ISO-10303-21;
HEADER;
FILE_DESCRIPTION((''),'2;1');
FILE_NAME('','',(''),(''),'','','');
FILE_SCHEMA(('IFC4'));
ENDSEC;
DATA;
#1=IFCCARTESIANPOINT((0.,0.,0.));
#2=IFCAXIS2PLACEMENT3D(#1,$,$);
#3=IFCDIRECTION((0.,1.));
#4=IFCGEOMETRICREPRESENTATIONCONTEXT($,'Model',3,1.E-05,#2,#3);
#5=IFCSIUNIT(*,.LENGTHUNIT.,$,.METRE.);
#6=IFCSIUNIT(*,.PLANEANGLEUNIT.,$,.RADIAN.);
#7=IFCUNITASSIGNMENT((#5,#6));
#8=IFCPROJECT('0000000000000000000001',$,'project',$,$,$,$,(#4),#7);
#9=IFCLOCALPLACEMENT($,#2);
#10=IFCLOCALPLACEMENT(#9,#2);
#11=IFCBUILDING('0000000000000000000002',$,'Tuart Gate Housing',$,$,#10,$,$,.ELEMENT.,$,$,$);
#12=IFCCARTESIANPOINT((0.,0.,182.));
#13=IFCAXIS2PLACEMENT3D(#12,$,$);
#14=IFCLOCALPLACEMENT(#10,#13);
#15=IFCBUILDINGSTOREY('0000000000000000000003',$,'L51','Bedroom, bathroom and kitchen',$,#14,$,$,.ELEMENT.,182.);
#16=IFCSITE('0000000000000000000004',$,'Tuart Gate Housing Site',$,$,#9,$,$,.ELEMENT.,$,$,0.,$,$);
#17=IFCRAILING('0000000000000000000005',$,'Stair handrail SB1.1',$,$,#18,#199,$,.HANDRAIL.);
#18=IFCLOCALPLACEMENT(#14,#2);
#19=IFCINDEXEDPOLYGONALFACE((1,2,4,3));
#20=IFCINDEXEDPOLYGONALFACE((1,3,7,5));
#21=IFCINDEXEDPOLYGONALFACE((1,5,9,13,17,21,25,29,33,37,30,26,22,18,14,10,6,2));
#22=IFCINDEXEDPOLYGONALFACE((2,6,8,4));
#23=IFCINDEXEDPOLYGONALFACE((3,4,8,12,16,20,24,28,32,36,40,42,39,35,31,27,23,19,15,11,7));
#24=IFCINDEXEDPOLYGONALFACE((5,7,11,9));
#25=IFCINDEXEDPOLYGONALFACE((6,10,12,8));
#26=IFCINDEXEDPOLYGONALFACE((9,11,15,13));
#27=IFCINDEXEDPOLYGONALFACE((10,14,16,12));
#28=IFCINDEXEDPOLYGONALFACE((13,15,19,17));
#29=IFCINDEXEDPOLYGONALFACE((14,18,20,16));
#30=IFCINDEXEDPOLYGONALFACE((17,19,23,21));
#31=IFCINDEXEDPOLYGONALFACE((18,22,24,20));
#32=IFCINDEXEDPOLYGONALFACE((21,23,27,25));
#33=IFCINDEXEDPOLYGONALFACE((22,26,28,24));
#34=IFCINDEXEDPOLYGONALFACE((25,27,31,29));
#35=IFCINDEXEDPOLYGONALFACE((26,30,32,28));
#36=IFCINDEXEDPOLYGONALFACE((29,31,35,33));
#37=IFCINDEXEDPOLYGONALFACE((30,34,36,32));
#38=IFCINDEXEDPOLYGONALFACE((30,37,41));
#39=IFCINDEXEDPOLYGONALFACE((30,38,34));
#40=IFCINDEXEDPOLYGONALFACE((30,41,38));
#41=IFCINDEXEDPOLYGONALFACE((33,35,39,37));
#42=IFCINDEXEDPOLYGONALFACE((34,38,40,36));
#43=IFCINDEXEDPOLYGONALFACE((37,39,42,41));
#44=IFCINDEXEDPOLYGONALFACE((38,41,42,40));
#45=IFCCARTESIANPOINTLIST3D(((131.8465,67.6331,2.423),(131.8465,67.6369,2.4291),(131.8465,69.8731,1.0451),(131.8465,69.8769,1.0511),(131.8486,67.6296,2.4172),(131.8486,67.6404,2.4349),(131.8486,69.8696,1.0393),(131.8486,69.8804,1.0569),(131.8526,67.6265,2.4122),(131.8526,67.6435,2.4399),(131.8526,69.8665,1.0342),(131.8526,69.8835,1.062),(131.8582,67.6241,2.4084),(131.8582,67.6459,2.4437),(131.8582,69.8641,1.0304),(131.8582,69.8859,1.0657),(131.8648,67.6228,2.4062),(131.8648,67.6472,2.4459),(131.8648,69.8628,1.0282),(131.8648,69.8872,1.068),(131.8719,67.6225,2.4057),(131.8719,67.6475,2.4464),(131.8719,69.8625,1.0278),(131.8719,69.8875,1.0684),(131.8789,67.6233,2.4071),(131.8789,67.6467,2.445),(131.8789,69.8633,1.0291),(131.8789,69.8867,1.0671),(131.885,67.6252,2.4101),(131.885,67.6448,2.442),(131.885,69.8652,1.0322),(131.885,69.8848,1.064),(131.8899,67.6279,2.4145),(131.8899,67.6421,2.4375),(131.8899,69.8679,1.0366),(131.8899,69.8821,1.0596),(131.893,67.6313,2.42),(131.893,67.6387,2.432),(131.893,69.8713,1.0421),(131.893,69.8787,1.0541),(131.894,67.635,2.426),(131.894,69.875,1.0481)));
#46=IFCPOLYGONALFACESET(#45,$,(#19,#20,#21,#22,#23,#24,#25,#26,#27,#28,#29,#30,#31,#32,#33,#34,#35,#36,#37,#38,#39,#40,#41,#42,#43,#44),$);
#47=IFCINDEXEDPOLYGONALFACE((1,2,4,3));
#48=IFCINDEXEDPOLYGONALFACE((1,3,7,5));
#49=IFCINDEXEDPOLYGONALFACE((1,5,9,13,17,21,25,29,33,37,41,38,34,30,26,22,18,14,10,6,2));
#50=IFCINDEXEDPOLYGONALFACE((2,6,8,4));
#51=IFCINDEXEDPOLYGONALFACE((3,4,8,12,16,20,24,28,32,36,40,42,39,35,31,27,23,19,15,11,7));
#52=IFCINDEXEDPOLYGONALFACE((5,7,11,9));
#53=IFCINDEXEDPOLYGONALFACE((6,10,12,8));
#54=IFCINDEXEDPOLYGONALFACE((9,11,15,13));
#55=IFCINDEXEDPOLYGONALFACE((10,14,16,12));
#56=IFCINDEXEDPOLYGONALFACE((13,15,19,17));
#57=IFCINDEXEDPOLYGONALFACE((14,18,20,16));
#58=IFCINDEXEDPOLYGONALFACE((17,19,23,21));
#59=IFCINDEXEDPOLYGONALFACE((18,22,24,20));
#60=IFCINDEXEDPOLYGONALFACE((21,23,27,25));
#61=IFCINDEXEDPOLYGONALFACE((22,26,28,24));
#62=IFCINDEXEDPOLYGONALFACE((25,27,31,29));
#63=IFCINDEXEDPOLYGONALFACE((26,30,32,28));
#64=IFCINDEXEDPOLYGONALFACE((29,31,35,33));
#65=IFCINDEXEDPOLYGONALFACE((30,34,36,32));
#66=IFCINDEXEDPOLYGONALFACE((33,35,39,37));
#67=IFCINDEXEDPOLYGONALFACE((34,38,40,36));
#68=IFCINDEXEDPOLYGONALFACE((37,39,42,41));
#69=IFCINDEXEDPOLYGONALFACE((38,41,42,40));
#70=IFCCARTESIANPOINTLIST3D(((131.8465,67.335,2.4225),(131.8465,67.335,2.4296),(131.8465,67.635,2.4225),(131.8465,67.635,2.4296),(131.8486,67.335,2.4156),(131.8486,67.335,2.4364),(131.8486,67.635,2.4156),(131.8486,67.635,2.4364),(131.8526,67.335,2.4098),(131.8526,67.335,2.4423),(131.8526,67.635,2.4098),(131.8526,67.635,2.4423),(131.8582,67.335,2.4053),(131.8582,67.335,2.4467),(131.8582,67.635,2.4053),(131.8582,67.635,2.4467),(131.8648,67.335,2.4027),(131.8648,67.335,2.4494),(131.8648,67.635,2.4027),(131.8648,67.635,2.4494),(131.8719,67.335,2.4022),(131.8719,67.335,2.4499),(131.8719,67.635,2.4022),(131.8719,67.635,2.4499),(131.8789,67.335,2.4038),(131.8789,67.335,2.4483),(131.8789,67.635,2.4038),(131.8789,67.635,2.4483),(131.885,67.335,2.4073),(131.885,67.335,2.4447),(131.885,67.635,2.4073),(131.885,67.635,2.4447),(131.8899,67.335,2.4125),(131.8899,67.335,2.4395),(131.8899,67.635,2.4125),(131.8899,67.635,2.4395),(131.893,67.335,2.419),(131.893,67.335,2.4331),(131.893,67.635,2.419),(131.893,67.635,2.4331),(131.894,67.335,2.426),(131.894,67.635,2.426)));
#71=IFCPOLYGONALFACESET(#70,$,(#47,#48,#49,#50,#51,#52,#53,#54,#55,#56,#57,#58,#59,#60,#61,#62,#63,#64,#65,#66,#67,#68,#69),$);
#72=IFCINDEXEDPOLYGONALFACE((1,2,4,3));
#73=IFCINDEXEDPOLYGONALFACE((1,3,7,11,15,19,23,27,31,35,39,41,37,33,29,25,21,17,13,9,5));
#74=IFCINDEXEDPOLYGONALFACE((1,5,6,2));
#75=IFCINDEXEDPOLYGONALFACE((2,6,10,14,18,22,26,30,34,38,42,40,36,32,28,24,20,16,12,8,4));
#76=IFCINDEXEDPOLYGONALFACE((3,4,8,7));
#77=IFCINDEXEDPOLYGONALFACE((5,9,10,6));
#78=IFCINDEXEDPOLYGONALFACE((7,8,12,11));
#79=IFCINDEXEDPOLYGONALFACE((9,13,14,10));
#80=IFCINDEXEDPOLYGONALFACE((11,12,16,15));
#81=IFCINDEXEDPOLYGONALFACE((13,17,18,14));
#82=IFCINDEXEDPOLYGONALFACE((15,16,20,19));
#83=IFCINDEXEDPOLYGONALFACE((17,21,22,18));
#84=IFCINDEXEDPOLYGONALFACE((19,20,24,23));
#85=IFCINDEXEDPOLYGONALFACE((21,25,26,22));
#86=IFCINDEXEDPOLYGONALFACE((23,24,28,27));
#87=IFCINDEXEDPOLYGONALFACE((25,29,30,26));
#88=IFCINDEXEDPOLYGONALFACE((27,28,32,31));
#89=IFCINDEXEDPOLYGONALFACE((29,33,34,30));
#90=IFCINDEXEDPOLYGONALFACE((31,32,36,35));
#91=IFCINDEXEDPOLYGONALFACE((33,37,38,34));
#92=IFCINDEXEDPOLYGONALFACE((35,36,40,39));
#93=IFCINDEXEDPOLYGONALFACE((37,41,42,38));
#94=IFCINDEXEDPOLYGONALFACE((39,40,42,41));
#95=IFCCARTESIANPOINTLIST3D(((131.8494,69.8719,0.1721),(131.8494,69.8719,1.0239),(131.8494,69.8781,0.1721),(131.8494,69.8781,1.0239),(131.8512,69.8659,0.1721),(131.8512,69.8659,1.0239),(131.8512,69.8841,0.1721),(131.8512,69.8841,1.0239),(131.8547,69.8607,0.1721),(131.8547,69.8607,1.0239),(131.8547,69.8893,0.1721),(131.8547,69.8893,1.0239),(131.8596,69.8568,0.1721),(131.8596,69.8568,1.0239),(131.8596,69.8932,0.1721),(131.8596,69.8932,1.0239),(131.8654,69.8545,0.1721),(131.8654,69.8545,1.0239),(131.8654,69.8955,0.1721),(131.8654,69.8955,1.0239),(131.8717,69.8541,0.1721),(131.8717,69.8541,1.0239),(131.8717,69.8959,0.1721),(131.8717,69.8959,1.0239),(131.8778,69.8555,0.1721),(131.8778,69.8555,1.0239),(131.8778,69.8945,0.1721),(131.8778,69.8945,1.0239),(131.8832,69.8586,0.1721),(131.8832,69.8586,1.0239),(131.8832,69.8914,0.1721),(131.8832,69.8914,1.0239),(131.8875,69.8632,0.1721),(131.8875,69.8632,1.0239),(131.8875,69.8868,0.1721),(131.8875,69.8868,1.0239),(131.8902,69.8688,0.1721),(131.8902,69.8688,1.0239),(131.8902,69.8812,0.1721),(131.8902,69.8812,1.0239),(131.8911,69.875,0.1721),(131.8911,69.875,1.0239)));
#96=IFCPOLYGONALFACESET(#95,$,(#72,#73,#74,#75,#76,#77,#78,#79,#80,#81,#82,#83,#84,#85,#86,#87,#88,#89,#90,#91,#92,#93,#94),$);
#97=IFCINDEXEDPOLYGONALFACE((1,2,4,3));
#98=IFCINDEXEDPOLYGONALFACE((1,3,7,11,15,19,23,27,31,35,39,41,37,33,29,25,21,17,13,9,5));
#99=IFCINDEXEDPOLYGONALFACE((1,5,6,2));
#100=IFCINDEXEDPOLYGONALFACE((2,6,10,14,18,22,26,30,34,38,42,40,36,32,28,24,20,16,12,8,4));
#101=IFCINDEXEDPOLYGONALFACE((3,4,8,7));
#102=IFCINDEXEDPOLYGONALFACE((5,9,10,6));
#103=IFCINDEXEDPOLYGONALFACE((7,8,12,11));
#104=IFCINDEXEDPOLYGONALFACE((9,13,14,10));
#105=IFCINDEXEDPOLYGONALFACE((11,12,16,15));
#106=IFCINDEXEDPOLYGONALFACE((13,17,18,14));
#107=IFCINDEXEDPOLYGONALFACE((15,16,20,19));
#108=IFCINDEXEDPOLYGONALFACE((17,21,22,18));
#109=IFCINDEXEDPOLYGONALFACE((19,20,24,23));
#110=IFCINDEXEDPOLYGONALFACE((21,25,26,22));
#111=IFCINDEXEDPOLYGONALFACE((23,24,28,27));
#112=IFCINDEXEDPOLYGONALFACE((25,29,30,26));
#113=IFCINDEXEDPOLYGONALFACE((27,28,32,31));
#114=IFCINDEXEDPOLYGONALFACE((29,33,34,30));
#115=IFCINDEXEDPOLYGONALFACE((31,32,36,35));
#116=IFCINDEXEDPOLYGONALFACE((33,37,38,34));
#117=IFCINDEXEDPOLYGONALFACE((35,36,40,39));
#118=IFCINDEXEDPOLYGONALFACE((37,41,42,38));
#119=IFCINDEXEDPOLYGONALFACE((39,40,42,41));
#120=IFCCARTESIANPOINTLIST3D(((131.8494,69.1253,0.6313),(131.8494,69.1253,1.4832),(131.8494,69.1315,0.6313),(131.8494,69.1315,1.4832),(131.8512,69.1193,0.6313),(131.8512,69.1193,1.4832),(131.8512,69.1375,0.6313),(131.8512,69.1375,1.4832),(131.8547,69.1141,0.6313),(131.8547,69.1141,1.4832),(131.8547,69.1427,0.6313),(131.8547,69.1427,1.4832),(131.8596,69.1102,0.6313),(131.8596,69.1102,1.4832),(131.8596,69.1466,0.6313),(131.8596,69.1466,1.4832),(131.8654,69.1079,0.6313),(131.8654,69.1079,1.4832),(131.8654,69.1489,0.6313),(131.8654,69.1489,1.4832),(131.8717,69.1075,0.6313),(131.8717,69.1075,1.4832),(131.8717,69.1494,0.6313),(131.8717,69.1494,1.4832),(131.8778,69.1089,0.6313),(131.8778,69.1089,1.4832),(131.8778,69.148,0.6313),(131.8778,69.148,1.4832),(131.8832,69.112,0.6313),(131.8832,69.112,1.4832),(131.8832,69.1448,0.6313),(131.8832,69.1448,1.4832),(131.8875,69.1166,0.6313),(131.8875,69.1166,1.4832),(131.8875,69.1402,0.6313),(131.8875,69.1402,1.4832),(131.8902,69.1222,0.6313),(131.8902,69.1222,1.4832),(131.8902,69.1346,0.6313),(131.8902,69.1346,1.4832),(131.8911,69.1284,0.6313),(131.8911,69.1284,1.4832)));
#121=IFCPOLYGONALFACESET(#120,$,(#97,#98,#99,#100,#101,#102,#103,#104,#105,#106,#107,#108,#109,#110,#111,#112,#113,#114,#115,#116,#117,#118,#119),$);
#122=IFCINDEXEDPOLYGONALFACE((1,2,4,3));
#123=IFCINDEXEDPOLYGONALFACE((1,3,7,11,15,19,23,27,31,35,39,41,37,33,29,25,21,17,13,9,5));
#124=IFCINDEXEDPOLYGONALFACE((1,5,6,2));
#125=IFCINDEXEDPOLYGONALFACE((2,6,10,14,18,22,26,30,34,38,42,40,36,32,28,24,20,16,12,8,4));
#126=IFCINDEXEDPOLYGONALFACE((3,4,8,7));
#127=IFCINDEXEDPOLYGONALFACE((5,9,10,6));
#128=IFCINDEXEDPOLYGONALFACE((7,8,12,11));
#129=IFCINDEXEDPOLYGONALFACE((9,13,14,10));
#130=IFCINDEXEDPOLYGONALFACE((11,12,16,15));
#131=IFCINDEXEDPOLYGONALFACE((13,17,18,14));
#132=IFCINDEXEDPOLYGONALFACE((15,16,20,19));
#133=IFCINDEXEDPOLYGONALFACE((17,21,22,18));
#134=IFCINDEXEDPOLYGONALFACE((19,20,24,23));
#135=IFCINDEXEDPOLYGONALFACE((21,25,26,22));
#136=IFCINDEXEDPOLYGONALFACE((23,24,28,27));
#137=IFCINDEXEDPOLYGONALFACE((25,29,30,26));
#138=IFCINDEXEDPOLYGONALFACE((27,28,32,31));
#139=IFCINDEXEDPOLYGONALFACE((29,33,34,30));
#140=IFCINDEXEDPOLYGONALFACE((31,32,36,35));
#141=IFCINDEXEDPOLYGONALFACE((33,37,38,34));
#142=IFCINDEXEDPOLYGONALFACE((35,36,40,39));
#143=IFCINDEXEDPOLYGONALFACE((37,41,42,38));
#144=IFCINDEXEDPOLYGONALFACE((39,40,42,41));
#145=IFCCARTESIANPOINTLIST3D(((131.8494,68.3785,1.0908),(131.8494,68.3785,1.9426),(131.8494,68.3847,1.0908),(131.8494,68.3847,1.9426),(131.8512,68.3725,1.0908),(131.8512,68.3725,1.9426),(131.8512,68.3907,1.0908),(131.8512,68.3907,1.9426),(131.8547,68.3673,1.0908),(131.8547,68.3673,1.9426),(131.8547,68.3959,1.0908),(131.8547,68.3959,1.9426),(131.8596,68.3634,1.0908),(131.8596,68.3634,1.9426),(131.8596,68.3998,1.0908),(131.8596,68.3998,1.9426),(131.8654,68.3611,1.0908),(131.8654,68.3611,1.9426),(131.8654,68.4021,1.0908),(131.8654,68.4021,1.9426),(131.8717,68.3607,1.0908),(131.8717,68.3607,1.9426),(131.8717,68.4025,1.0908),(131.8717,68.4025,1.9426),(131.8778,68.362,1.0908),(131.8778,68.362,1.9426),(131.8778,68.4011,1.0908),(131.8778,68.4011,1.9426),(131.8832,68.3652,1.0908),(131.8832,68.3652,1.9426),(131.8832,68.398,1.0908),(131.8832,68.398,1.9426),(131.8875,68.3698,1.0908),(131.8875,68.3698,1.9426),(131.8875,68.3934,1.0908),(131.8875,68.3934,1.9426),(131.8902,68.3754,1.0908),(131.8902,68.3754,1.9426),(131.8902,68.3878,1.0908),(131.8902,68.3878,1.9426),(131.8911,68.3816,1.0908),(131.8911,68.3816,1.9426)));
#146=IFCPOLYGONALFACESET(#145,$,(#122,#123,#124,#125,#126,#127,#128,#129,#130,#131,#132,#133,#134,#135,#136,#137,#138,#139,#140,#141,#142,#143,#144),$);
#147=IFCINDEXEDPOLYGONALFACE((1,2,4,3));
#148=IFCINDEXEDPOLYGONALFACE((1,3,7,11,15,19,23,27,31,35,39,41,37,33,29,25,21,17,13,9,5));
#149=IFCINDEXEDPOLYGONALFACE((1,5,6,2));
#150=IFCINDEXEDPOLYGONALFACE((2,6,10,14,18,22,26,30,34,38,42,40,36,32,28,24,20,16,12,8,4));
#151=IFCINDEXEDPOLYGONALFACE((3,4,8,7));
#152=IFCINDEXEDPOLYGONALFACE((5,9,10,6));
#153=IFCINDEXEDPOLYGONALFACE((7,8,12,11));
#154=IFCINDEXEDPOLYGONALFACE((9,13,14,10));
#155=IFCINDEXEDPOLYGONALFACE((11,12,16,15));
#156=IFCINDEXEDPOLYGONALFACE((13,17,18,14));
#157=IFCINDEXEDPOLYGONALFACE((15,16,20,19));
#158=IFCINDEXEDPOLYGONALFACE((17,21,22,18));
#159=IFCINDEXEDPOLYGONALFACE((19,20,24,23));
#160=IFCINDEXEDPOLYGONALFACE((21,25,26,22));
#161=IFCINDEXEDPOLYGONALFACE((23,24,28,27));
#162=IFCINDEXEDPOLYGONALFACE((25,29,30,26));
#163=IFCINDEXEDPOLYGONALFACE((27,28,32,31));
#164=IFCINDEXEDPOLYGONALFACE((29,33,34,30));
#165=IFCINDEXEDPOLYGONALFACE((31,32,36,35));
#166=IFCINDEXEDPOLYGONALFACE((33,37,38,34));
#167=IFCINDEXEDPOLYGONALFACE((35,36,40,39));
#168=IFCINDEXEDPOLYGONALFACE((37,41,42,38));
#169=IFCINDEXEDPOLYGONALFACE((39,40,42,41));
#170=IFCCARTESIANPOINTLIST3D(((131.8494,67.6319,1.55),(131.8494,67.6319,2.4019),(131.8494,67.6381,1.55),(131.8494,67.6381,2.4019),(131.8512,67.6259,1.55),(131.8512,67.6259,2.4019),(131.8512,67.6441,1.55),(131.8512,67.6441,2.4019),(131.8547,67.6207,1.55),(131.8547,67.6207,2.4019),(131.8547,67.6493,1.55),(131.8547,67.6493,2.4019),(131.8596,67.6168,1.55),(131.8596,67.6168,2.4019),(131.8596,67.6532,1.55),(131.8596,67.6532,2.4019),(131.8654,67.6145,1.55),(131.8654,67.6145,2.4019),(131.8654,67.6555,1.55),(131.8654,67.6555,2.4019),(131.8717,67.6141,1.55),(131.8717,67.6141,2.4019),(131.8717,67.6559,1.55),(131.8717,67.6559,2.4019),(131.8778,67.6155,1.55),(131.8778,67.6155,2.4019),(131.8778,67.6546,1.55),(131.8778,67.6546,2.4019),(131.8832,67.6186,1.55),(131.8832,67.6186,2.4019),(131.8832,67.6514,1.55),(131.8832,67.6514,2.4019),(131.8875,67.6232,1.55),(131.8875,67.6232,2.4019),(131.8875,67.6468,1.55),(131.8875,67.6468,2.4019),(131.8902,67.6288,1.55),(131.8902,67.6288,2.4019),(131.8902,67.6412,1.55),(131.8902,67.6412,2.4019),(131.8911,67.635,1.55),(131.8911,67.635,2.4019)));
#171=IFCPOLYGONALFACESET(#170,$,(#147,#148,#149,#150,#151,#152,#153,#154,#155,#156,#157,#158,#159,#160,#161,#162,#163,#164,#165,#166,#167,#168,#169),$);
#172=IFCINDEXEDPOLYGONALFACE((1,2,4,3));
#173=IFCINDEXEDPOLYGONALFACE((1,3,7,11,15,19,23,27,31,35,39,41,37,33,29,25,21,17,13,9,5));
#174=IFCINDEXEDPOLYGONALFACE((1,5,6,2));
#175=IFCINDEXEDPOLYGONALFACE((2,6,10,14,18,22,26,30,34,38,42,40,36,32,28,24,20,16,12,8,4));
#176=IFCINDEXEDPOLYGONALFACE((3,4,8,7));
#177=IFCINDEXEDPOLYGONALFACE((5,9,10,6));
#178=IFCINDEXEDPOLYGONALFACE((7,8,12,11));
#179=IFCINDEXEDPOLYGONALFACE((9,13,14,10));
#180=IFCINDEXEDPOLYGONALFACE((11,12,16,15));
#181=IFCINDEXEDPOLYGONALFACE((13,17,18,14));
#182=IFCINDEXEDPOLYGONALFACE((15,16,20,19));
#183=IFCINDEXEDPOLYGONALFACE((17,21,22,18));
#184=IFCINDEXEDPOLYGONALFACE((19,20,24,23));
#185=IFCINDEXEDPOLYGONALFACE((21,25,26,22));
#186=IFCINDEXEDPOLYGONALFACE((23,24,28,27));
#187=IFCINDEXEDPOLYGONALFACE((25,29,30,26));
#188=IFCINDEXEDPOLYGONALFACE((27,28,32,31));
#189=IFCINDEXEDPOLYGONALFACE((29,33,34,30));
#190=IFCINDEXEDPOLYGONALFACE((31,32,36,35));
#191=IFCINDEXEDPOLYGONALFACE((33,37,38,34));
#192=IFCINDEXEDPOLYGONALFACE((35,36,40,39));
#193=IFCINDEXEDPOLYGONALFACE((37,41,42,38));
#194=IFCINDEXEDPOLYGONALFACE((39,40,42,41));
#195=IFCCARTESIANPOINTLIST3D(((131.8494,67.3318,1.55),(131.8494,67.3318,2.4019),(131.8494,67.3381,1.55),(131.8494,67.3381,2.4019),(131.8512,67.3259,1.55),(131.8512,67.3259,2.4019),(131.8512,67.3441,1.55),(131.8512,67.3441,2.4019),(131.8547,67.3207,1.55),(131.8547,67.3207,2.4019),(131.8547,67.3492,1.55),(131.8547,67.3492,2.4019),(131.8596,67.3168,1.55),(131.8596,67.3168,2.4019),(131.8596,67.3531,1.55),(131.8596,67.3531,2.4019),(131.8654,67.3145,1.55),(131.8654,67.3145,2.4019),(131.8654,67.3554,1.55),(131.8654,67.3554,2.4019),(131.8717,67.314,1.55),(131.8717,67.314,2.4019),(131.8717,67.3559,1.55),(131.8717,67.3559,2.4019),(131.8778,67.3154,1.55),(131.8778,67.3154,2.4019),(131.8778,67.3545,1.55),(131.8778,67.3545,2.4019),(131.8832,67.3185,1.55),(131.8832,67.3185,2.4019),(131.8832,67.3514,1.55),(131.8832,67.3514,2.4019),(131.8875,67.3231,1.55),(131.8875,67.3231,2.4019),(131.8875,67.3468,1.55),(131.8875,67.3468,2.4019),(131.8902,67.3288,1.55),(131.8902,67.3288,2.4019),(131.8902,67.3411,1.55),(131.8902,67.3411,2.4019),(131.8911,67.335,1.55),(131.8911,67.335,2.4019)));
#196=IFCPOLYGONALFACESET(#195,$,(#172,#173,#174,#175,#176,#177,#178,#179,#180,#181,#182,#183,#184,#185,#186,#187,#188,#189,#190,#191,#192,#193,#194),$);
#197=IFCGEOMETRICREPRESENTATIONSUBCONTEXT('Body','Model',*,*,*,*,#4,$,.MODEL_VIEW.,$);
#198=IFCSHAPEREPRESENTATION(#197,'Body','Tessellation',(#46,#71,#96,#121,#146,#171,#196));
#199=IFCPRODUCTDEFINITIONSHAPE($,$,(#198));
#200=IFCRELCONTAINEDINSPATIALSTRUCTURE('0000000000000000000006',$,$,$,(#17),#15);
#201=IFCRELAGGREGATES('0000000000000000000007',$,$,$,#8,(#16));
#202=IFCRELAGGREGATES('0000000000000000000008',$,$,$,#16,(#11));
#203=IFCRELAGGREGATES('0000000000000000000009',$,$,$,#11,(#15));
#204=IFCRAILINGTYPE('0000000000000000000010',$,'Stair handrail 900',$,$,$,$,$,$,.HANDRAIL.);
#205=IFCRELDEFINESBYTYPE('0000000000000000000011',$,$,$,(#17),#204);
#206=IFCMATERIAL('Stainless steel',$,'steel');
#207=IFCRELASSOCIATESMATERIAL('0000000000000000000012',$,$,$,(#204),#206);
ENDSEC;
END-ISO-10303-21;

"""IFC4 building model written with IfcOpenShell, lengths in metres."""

from ifc_helpers import new_model, si_unit, direction, frame, origin, origin_2d, place, context, subcontext, project, spatial, circle, extrude, material, type_object, element, save


model = new_model("IFC4")

# Units and contexts
model_context = context("Model", 3, precision=1e-05, world=origin(), true_north=direction((0.0, 1.0)))
body_context = subcontext(model_context, "Body", "Model", "MODEL_VIEW")
ifc_project = project(units=[si_unit("LENGTHUNIT", "METRE"), si_unit("PLANEANGLEUNIT", "RADIAN")], contexts=[model_context])

# Site, building, storey
site_placement = place(None, origin())
site = spatial("IfcSite", under=ifc_project, at=site_placement, Name="Tuart Gate Housing Site", CompositionType="ELEMENT", RefElevation=0.0)
building_placement = place(site_placement, origin())
building = spatial("IfcBuilding", under=site, at=building_placement, Name="Tuart Gate Housing", CompositionType="ELEMENT")
storey_placement = place(building_placement, frame((0.0, 0.0, 182.0)))
storey = spatial("IfcBuildingStorey", under=building, at=storey_placement, Name="L51", Description="Bedroom, bathroom and kitchen", CompositionType="ELEMENT", Elevation=182.0)

# Railing
ifc_material_1 = material(Name="Stainless steel", Category="steel")
railing_type = type_object("IfcRailingType", Name="Stair handrail 900", PredefinedType="HANDRAIL", material=ifc_material_1)
railing_placement = place(storey_placement, frame((131.8701, 69.875, 0.1721)))
element("IfcRailing", 1, at=railing_placement, inside=storey, type_object=railing_type, Name="Stair handrail SB1.1", PredefinedType="HANDRAIL", context=body_context, shape_type="SweptSolid", body=[
    extrude(circle(Radius=0.0239, at=origin_2d()), frame((0.0, 0.0, 0.876), z_axis=(0.0, -0.851748, 0.523952), x_axis=(1.0, 0.0, 0.0)), (0.0, 0.0, 1.0), 2.6299),
    extrude(circle(Radius=0.0239, at=origin_2d()), frame((0.0, -2.24, 2.2539), z_axis=(0.0, -1.0, 0.0), x_axis=(1.0, 0.0, 0.0)), (0.0, 0.0, 1.0), 0.3),
    extrude(circle(Radius=0.021, at=origin_2d()), origin(), (0.0, 0.0, 1.0), 0.8518),
    extrude(circle(Radius=0.021, at=origin_2d()), frame((0.0, -0.7466, 0.4592)), (0.0, 0.0, 1.0), 0.8518),
    extrude(circle(Radius=0.021, at=origin_2d()), frame((0.0, -1.4934, 0.9187)), (0.0, 0.0, 1.0), 0.8518),
    extrude(circle(Radius=0.021, at=origin_2d()), frame((0.0, -2.24, 1.3779)), (0.0, 0.0, 1.0), 0.8518),
    extrude(circle(Radius=0.021, at=origin_2d()), frame((0.0, -2.54, 1.3779)), (0.0, 0.0, 1.0), 0.8518),
])

save(model, "model.ifc")
